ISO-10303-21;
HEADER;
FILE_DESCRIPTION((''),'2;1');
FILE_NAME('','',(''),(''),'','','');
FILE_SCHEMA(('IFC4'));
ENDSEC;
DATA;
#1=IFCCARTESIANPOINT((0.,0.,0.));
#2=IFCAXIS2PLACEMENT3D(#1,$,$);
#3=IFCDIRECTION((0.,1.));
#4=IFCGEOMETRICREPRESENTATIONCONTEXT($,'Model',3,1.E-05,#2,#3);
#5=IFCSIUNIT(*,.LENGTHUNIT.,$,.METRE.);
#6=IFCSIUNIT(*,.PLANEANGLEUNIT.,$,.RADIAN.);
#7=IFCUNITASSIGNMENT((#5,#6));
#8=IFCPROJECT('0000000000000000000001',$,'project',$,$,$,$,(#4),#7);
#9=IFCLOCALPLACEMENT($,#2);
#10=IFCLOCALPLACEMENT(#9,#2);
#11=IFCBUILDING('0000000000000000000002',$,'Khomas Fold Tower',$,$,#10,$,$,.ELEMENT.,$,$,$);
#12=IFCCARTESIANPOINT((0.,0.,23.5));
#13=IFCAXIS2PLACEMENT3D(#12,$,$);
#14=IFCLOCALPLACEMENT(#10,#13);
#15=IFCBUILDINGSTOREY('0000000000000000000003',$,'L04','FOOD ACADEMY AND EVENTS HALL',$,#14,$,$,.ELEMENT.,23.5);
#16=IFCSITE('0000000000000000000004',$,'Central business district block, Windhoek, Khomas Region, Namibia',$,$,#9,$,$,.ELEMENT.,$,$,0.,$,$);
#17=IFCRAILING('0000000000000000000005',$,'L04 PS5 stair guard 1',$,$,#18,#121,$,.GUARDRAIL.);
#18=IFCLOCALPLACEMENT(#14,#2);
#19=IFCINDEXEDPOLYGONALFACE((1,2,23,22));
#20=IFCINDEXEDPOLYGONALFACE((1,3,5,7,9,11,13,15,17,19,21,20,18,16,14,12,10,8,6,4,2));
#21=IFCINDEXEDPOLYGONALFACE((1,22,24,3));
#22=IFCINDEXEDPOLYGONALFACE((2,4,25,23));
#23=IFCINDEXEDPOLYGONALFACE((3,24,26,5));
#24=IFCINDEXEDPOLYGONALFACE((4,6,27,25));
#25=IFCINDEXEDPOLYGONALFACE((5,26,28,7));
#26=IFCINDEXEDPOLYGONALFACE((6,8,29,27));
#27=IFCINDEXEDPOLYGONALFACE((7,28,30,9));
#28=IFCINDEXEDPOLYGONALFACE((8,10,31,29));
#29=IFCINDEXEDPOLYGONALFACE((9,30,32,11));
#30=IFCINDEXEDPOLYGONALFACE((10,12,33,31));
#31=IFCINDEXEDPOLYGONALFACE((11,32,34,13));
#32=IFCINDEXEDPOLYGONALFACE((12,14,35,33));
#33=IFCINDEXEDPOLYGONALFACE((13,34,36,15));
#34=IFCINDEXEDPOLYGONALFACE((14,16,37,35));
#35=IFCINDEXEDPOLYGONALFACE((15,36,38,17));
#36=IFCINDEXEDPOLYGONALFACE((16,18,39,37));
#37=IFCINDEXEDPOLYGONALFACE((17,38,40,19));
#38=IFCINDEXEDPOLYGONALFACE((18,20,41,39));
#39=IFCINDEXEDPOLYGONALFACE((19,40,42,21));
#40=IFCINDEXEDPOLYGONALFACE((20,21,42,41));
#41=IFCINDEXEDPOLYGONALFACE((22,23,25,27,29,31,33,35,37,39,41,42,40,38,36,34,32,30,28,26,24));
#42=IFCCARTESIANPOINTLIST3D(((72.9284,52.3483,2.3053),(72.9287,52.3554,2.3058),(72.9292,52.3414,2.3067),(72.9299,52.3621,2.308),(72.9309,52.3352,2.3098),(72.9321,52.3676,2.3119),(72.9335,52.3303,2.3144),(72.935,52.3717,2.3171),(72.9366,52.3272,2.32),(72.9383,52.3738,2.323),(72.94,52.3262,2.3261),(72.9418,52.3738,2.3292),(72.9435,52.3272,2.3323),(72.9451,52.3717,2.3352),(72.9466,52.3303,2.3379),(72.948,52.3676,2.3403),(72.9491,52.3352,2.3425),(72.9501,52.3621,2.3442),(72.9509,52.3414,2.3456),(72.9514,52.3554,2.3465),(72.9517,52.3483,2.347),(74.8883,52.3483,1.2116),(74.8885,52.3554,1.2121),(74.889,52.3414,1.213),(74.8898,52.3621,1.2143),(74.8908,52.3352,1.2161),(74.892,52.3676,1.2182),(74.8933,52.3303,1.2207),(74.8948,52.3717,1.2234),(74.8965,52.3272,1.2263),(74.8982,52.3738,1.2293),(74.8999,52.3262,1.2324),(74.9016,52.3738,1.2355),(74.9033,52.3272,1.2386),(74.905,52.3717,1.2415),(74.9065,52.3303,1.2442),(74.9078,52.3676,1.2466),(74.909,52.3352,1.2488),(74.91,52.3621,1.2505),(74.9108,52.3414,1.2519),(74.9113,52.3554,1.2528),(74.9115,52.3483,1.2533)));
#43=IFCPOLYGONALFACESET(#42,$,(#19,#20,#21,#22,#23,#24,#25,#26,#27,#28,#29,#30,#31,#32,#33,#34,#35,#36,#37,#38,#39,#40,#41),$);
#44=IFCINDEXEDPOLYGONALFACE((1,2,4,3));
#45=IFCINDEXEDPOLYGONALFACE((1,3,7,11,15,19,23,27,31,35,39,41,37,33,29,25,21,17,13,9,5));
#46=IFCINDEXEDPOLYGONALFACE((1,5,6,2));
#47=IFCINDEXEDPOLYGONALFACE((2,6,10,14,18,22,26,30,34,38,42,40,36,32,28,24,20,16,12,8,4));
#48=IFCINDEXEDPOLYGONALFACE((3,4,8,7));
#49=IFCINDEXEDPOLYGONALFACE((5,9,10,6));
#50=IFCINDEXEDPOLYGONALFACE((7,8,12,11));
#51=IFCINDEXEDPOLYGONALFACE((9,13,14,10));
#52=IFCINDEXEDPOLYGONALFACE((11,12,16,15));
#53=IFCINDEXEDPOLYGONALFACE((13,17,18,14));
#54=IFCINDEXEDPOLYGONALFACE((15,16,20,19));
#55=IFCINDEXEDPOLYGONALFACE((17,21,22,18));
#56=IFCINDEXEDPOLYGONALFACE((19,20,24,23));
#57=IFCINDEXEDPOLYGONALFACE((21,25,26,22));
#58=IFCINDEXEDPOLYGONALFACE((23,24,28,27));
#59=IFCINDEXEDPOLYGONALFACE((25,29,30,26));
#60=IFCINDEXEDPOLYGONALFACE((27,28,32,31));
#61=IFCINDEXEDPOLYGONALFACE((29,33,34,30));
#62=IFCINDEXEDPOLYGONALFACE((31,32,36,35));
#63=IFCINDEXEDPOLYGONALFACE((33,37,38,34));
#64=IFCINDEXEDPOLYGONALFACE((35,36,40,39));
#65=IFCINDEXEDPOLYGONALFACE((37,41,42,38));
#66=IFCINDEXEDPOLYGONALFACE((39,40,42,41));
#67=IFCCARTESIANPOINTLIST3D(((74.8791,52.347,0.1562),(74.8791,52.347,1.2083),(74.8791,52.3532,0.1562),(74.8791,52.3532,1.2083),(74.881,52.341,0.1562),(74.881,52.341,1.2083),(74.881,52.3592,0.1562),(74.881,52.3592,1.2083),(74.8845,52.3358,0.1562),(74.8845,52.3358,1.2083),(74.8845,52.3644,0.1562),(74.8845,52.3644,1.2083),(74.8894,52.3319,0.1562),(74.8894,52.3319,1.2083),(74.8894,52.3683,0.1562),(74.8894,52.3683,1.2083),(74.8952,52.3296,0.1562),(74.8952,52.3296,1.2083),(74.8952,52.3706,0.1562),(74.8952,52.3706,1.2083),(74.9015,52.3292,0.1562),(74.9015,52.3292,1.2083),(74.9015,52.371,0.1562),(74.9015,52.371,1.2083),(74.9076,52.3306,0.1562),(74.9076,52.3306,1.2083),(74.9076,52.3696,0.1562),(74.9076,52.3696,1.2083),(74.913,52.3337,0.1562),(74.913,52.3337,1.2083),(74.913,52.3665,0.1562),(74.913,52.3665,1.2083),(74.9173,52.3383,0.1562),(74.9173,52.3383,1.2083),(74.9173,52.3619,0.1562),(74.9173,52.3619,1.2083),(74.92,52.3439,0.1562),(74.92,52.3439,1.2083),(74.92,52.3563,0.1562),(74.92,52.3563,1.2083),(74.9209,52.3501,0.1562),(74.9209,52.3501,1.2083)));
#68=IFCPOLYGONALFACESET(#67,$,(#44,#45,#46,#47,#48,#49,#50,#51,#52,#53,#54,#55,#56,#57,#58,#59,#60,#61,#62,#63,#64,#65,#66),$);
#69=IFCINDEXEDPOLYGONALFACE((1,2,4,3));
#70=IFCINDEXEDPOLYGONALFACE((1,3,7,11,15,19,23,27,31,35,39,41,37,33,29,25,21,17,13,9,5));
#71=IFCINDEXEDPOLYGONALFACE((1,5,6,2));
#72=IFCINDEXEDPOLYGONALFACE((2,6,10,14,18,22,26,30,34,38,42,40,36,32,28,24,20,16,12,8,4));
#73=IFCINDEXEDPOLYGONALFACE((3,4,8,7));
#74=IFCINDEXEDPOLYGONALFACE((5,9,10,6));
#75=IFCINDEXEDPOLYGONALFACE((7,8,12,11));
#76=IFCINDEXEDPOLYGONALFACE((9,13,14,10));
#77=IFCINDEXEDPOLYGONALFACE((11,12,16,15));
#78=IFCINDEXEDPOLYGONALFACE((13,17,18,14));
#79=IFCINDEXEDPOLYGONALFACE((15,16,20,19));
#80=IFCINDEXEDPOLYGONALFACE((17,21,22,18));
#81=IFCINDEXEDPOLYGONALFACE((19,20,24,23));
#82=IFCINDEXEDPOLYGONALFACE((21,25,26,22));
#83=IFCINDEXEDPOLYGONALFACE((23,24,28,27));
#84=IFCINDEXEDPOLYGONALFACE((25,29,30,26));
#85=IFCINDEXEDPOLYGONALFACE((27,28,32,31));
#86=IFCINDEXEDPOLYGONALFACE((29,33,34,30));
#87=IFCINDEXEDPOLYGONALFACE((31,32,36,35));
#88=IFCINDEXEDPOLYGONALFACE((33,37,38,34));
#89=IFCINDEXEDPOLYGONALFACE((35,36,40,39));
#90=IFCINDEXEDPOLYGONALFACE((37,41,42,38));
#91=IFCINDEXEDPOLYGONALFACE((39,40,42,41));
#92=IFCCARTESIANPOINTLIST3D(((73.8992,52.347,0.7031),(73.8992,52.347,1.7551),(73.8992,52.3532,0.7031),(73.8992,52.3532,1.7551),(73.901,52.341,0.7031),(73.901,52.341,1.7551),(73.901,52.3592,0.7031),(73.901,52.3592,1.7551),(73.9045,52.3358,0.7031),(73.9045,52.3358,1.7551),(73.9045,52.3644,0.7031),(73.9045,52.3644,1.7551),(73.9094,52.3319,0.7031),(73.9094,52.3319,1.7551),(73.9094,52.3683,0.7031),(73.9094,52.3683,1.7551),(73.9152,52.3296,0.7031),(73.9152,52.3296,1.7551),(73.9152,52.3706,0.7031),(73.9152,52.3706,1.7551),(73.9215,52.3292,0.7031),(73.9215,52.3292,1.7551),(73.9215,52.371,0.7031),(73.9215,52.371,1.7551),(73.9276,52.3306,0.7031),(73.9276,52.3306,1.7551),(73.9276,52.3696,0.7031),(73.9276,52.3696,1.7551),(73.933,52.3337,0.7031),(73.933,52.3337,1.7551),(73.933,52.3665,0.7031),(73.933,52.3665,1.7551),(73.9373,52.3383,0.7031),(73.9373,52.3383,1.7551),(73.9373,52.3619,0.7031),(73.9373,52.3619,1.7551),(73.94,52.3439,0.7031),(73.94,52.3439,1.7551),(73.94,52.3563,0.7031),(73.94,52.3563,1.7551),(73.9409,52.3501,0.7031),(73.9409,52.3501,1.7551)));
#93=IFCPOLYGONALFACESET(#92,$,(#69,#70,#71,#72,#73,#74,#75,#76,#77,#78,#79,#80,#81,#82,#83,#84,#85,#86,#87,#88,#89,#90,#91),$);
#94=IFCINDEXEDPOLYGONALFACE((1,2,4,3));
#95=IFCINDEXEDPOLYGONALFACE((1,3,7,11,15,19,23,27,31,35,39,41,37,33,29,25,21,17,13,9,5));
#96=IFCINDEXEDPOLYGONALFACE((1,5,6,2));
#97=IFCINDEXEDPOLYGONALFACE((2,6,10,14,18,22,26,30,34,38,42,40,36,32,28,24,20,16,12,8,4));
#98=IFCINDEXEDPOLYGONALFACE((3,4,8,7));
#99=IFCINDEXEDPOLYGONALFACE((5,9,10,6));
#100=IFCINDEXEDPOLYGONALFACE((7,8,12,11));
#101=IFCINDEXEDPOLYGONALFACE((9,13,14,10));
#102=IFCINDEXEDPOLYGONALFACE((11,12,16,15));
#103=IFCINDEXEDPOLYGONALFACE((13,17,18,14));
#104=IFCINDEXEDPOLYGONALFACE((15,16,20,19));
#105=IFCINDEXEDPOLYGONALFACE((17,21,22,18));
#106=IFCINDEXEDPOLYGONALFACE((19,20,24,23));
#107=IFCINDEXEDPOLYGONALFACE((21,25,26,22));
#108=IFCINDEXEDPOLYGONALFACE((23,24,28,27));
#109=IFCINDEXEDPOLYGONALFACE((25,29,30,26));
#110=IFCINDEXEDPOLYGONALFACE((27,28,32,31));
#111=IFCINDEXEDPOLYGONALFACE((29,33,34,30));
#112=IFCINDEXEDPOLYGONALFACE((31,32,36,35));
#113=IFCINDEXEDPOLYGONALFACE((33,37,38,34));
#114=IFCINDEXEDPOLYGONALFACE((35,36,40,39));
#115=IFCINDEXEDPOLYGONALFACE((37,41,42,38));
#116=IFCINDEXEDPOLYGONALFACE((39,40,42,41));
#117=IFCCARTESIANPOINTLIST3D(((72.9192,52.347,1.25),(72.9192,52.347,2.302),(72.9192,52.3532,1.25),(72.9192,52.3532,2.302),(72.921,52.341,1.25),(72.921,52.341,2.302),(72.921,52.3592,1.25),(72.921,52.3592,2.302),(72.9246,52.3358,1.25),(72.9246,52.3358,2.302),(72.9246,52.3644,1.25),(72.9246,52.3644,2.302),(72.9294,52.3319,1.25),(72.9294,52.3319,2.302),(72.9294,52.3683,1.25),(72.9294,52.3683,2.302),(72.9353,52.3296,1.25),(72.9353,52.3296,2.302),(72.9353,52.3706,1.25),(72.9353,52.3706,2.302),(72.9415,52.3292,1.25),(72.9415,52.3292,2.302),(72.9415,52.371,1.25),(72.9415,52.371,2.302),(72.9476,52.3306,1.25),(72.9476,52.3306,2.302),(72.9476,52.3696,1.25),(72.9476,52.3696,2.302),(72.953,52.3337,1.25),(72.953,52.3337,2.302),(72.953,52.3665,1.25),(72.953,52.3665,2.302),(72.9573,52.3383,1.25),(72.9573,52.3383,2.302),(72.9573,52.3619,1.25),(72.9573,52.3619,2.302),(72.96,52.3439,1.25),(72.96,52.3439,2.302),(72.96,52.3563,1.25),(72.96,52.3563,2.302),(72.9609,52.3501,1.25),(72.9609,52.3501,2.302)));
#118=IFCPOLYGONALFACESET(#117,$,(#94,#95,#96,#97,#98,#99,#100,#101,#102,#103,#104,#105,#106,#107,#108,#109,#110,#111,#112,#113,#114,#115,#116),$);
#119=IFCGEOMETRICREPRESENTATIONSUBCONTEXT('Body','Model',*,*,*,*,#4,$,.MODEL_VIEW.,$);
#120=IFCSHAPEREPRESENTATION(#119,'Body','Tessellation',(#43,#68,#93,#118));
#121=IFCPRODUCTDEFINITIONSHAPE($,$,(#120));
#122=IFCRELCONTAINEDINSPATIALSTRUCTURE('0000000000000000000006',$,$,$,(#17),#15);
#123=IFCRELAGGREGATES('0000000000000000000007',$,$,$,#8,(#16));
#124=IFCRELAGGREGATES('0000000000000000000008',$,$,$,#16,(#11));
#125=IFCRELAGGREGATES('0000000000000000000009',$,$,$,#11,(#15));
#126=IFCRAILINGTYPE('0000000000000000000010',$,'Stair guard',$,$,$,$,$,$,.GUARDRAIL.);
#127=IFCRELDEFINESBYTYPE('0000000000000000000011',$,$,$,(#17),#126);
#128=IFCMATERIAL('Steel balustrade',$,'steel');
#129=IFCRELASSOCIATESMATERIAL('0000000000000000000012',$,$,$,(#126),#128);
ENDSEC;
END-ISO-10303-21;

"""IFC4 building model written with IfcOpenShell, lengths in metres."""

from ifc_helpers import new_model, si_unit, direction, frame, origin, origin_2d, place, context, subcontext, project, spatial, circle, extrude, source, transform, mapped, material, type_object, element, save


model = new_model("IFC4")

# Units and contexts
model_context = context("Model", 3, precision=1e-05, world=origin(), true_north=direction((0.0, 1.0)))
body_context = subcontext(model_context, "Body", "Model", "MODEL_VIEW")
ifc_project = project(units=[si_unit("LENGTHUNIT", "METRE"), si_unit("PLANEANGLEUNIT", "RADIAN")], contexts=[model_context])

# Site, building, storey
site_placement = place(None, origin())
site = spatial("IfcSite", under=ifc_project, at=site_placement, Name="Central business district block, Windhoek, Khomas Region, Namibia", CompositionType="ELEMENT", RefElevation=0.0)
building_placement = place(site_placement, origin())
building = spatial("IfcBuilding", under=site, at=building_placement, Name="Khomas Fold Tower", CompositionType="ELEMENT")
storey_placement = place(building_placement, frame((0.0, 0.0, 23.5)))
storey = spatial("IfcBuildingStorey", under=building, at=storey_placement, Name="L04", Description="FOOD ACADEMY AND EVENTS HALL", CompositionType="ELEMENT", Elevation=23.5)

# Railing
ifc_material_1 = material(Name="Steel balustrade", Category="steel")
railing_type_1 = type_object("IfcRailingType", Name="Stair guard", PredefinedType="GUARDRAIL", material=ifc_material_1)
shared_shape_1 = source(origin(), body_context, "Body", "SweptSolid", [
    extrude(circle(Radius=0.0239, at=origin_2d()), frame((0.0, 0.0, 1.0762), z_axis=(-0.873232, 0.0, 0.487304), x_axis=(0.0, -1.0, 0.0)), (0.0, 0.0, 1.0), 2.2444),
    extrude(circle(Radius=0.021, at=origin_2d()), origin(), (0.0, 0.0, 1.0), 1.052),
    extrude(circle(Radius=0.021, at=origin_2d()), frame((-0.98, 0.0, 0.5469)), (0.0, 0.0, 1.0), 1.052),
    extrude(circle(Radius=0.021, at=origin_2d()), frame((-1.96, 0.0, 1.0938)), (0.0, 0.0, 1.0), 1.052),
])
for number, where, name in (
    (1, (74.8999, 52.3501, 0.1562), "L04 PS5 stair guard 1"),
):
    element("IfcRailing", number, at=place(storey_placement, frame(where)), inside=storey, type_object=railing_type_1, Name=name, PredefinedType="GUARDRAIL", context=body_context, shape_type="MappedRepresentation", body=[
        mapped(shared_shape_1, transform((0.0, 0.0, 0.0))),
    ])

save(model, "model.ifc")
